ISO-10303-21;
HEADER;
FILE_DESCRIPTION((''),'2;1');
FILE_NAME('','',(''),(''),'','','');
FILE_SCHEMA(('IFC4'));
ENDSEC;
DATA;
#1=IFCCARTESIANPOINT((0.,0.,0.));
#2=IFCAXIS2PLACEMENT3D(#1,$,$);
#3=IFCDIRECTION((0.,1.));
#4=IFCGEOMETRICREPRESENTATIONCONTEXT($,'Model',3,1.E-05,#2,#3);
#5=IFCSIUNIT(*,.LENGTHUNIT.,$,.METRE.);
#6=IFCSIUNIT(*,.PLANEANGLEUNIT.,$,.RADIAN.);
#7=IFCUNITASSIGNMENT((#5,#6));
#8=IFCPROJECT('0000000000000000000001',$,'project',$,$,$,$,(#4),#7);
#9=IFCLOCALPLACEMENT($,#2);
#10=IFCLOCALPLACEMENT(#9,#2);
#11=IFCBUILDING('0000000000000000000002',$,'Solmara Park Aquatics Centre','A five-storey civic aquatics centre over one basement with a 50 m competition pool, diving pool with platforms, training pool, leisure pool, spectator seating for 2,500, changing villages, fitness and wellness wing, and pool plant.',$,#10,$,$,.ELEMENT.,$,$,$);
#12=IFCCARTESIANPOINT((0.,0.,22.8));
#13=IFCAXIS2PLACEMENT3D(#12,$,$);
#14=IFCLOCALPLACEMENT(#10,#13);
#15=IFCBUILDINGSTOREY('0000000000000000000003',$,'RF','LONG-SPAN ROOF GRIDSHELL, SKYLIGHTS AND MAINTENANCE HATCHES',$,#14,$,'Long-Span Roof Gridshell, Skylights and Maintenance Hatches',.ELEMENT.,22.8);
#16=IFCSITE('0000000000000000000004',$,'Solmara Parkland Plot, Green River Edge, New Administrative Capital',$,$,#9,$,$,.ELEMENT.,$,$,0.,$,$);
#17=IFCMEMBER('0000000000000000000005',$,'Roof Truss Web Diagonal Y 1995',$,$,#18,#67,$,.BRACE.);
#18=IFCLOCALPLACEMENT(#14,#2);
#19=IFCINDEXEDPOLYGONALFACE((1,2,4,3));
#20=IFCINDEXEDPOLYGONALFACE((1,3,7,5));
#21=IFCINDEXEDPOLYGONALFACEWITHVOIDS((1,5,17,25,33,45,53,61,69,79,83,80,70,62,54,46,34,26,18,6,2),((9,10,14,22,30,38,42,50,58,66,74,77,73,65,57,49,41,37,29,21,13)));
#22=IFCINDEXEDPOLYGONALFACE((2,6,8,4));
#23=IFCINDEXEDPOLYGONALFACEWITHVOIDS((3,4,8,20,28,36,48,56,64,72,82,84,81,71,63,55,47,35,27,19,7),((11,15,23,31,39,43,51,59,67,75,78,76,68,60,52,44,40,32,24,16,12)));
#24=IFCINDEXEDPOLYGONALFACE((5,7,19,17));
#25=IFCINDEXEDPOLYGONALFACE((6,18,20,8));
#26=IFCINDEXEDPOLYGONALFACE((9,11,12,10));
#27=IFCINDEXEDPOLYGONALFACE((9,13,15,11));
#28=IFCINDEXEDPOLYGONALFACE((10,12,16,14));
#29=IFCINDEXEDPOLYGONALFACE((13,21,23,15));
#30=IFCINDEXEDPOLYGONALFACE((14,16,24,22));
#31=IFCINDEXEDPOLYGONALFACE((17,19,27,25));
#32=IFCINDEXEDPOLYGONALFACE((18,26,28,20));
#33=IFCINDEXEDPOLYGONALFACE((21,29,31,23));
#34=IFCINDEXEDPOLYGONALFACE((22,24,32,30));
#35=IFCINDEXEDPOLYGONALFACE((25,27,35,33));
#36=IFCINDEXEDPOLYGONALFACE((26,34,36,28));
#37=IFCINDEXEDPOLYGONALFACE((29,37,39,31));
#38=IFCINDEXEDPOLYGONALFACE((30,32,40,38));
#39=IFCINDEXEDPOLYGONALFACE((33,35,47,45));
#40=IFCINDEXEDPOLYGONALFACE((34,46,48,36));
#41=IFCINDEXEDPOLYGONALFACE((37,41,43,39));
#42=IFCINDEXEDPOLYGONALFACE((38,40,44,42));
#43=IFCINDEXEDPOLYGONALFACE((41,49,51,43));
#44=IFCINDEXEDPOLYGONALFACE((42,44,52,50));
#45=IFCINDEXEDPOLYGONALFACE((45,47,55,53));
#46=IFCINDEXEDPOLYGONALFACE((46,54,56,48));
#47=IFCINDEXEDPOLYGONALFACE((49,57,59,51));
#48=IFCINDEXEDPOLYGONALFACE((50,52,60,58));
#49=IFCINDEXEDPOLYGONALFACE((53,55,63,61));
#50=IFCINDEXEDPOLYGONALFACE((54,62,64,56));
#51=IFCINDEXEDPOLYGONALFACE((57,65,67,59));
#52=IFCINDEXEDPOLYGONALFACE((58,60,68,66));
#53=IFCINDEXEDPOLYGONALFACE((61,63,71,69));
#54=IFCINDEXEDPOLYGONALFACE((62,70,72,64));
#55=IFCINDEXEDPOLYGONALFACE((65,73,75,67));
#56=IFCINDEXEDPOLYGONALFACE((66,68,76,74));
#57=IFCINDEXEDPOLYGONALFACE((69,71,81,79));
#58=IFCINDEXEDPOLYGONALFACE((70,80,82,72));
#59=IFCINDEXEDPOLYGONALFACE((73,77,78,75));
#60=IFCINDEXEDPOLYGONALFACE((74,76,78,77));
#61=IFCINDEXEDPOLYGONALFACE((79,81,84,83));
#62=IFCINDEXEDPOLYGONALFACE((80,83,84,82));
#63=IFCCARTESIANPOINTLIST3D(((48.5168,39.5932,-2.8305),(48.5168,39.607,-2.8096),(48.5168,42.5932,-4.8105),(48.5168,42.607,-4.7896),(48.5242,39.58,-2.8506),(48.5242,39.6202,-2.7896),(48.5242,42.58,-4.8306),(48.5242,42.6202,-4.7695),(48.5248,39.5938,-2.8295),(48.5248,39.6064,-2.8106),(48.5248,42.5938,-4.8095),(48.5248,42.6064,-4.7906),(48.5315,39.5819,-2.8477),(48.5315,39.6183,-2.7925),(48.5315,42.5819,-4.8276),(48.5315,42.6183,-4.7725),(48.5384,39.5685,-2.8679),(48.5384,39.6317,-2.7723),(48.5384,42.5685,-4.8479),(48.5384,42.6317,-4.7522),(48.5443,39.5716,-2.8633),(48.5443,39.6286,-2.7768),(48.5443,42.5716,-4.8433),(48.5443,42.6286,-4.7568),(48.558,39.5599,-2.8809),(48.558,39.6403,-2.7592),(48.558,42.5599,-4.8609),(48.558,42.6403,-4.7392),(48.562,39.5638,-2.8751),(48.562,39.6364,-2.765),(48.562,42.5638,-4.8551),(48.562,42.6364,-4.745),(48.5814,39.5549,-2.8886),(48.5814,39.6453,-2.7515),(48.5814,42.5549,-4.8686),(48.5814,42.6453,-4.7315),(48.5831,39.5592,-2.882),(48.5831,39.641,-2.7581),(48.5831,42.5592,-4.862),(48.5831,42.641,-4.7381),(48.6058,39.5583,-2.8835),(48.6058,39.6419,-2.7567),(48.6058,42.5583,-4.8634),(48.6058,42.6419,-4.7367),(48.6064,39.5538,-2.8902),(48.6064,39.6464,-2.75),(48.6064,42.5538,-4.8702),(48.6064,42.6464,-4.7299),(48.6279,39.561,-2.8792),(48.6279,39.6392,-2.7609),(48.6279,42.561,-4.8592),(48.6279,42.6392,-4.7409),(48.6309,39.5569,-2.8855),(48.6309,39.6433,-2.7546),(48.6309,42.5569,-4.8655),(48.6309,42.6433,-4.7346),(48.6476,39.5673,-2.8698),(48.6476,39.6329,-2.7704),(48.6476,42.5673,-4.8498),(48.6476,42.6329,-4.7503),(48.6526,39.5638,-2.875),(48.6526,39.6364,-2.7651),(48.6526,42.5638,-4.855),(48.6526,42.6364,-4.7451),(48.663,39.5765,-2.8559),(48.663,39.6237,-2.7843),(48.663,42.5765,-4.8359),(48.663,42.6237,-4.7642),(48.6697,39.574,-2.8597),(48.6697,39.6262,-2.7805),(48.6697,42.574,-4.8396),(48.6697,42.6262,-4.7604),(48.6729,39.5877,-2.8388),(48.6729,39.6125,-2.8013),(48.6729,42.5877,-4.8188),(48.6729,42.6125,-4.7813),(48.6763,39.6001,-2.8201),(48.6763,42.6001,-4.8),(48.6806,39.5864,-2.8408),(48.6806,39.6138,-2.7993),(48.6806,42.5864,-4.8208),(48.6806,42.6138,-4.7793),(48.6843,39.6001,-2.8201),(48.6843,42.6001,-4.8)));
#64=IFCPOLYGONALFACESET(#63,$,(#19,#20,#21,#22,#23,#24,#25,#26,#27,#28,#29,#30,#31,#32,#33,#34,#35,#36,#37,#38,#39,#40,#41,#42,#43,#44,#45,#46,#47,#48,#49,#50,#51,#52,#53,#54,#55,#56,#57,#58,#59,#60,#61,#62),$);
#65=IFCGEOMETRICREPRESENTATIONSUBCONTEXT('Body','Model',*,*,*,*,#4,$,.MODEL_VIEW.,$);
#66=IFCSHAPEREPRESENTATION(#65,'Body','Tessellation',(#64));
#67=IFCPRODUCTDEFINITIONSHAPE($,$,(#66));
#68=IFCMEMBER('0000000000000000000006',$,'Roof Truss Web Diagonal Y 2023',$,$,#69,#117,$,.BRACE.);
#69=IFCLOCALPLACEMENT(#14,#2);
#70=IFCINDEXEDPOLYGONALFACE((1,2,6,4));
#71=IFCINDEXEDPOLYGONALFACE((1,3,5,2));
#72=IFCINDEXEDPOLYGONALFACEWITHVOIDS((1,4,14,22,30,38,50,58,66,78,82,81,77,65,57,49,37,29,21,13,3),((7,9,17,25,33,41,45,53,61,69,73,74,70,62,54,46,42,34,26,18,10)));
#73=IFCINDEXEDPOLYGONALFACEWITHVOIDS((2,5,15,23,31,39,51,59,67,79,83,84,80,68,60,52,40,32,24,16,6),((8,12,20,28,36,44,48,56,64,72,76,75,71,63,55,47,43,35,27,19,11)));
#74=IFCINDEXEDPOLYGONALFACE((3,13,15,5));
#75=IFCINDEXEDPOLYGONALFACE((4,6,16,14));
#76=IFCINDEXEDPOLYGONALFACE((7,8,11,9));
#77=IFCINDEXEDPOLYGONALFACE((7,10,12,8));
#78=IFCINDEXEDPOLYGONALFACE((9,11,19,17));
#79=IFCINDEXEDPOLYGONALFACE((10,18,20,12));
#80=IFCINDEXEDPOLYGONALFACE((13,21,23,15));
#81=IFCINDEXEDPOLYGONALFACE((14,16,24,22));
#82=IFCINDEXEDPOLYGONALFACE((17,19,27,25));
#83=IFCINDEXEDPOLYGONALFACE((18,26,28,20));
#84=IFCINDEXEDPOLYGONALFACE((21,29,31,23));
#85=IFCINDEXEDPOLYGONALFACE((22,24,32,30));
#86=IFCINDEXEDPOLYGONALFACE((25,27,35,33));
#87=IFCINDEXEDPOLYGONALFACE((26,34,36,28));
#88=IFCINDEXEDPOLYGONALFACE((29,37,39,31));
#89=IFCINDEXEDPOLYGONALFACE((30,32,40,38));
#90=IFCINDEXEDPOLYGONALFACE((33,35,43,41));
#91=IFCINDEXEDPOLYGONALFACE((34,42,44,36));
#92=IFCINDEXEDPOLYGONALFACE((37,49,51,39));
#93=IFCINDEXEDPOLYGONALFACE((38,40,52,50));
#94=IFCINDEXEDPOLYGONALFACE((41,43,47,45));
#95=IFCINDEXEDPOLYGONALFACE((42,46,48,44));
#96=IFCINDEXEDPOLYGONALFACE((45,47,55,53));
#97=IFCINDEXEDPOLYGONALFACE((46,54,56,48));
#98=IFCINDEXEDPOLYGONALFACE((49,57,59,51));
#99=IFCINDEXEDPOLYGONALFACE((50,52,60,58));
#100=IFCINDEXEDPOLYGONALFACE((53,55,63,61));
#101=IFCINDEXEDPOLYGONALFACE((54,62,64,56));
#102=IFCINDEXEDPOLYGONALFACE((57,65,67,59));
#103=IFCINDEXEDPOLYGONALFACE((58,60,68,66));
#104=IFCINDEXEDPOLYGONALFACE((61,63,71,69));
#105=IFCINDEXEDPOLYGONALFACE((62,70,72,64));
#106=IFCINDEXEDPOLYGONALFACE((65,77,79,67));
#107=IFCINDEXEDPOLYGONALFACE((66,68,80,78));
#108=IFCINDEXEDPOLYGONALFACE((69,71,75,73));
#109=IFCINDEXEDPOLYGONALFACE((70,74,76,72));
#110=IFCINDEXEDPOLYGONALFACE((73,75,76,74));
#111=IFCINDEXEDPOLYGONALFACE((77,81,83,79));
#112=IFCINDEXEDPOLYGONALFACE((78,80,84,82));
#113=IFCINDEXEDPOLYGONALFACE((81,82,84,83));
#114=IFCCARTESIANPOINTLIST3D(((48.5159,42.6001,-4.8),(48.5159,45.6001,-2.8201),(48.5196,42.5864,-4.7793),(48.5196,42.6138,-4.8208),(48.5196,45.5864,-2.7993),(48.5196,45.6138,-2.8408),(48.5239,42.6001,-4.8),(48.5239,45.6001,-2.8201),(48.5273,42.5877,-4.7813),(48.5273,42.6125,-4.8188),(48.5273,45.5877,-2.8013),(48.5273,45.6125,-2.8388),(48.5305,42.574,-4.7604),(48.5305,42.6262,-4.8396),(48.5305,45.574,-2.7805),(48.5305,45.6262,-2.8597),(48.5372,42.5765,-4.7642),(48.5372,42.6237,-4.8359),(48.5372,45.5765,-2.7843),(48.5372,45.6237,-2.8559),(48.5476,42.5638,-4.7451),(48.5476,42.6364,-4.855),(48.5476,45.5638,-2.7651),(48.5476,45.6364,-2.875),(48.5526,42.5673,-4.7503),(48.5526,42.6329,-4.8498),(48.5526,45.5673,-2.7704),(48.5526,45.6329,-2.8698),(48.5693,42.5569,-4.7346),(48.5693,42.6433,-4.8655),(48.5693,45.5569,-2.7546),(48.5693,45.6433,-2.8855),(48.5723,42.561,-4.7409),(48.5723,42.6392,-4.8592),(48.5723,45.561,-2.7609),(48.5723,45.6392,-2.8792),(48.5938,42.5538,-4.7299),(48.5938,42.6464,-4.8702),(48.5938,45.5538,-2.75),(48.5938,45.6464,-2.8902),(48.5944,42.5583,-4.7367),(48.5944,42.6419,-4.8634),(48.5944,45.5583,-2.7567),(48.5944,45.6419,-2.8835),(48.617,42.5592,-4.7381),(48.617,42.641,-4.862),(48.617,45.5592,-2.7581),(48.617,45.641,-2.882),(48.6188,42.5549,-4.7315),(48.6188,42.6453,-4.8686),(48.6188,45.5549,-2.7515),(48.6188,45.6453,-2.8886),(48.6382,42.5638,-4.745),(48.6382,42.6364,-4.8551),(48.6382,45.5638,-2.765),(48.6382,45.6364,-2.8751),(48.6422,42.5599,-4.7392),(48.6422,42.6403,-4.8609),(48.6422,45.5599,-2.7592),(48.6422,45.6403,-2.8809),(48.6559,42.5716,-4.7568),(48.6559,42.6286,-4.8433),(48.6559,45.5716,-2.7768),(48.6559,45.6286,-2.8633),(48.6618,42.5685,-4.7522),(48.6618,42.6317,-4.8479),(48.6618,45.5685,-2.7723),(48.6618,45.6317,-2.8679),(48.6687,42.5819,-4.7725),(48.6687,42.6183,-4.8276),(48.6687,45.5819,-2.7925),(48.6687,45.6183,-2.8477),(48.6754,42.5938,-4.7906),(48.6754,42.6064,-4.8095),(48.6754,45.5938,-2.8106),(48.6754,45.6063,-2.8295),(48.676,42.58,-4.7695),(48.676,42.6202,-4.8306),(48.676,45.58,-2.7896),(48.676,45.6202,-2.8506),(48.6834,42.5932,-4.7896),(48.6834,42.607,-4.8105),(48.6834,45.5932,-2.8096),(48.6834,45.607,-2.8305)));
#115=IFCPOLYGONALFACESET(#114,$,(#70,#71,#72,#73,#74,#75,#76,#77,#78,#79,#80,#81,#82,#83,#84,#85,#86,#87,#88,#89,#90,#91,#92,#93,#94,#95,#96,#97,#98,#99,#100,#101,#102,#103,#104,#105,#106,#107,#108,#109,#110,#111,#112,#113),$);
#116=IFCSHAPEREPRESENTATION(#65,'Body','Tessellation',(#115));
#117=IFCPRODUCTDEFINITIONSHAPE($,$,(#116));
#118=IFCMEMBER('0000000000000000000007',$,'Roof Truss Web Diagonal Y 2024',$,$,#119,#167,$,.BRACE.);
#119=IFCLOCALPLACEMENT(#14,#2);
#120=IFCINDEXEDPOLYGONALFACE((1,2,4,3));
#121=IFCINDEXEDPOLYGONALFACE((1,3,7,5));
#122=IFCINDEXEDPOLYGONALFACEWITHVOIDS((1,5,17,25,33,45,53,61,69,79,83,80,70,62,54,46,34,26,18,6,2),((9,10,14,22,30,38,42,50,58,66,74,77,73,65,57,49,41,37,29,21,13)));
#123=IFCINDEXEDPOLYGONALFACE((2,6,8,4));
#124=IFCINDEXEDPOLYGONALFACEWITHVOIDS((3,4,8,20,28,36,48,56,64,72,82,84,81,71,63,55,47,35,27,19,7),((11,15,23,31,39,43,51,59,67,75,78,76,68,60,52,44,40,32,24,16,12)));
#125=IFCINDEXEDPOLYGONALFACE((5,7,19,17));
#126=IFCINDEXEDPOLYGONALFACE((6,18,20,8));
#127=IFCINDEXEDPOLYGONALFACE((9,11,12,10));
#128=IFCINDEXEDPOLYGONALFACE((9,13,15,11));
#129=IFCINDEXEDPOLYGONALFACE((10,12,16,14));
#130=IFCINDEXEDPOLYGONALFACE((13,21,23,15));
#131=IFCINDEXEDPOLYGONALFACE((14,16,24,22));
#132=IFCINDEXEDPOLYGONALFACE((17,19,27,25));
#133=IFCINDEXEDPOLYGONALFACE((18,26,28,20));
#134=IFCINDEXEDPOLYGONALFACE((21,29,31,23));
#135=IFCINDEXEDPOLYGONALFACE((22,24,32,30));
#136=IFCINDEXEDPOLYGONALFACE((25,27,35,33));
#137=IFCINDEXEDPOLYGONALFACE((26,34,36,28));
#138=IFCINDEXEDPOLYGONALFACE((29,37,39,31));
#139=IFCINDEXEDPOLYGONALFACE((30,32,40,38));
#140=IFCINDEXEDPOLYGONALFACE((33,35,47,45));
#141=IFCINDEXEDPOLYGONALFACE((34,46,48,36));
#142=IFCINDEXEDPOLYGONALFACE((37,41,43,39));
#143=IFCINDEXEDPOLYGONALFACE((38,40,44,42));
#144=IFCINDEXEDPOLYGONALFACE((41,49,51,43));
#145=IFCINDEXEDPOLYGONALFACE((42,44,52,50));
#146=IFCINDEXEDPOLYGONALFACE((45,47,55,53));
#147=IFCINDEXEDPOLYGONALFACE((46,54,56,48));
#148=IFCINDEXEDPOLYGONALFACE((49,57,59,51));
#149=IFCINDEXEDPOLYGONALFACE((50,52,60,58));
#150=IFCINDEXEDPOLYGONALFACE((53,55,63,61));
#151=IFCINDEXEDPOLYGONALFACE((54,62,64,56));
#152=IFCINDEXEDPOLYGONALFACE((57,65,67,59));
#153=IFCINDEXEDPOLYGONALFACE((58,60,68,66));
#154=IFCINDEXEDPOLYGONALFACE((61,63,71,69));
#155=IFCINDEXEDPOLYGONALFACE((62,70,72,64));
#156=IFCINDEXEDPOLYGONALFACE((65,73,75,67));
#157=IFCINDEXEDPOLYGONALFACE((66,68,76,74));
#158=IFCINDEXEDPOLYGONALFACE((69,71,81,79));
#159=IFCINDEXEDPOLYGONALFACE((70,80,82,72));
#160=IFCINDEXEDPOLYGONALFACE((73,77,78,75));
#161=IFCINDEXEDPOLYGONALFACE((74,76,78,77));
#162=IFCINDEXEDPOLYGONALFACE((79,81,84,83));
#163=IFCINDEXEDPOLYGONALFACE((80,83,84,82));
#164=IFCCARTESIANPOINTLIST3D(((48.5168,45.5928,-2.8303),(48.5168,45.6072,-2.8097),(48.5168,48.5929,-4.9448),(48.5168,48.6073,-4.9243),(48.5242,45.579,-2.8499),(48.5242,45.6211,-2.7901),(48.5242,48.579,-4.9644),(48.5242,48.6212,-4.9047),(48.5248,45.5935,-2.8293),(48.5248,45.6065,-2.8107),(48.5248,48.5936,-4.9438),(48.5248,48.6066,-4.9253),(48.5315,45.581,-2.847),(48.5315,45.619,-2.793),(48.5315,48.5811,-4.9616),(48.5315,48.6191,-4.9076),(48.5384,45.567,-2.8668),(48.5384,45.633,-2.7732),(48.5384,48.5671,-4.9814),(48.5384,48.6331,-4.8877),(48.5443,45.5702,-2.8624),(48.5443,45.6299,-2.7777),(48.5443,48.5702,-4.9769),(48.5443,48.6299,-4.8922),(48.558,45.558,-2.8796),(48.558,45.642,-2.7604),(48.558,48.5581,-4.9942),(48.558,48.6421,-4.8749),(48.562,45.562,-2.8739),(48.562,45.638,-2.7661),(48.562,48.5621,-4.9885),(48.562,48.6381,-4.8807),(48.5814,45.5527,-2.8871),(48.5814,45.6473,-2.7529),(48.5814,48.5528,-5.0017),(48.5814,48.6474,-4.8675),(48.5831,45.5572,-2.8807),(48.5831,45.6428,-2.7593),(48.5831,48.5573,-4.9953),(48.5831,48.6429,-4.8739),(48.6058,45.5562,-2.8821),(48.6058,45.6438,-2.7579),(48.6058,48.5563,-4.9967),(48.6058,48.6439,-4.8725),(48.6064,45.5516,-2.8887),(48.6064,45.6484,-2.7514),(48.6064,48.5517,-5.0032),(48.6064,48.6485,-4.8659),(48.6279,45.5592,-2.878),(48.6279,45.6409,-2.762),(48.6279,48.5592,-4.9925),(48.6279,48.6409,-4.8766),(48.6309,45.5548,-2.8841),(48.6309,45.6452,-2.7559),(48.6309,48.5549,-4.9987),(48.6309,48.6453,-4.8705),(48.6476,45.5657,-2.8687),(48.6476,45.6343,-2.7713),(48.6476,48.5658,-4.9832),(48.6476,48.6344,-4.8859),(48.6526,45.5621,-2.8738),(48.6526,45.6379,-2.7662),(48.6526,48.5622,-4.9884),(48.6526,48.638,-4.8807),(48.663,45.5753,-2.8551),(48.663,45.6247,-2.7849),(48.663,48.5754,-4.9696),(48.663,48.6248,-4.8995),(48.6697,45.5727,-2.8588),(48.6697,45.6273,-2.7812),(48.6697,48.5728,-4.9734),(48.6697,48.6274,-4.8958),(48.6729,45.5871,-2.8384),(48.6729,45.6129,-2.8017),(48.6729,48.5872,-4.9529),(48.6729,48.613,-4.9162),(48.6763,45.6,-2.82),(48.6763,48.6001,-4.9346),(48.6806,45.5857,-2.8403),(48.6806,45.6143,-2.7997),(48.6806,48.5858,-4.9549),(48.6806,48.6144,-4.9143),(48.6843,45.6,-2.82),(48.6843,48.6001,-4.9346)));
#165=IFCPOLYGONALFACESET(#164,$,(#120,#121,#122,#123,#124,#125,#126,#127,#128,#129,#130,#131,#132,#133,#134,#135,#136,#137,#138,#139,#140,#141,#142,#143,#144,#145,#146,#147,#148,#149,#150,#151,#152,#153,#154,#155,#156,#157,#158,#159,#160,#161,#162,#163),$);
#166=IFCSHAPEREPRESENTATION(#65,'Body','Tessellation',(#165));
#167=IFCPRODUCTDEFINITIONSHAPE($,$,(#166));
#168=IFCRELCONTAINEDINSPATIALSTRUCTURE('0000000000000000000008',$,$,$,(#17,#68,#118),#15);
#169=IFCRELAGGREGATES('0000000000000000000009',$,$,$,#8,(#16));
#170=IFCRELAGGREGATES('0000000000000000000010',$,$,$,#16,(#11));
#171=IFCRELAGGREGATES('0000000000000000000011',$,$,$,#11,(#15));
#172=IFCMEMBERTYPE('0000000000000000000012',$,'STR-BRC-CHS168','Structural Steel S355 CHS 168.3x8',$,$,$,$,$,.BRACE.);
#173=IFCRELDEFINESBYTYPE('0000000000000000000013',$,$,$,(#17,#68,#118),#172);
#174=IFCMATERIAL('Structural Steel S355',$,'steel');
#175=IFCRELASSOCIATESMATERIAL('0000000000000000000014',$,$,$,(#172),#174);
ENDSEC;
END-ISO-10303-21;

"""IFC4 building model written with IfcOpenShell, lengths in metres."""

from ifc_helpers import new_model, si_unit, direction, frame, origin, origin_2d, place, context, subcontext, project, spatial, hollow_circle, extrude, material, material_profile, profile_set, type_object, element, save


model = new_model("IFC4")

# Units and contexts
model_context = context("Model", 3, precision=1e-05, world=origin(), true_north=direction((0.0, 1.0)))
body_context = subcontext(model_context, "Body", "Model", "MODEL_VIEW")
ifc_project = project(units=[si_unit("LENGTHUNIT", "METRE"), si_unit("PLANEANGLEUNIT", "RADIAN")], contexts=[model_context])

# Site, building, storey
site_placement = place(None, origin())
site = spatial("IfcSite", under=ifc_project, at=site_placement, Name="Solmara Parkland Plot, Green River Edge, New Administrative Capital", CompositionType="ELEMENT", RefElevation=0.0)
building_placement = place(site_placement, origin())
building = spatial("IfcBuilding", under=site, at=building_placement, Name="Solmara Park Aquatics Centre", Description="A five-storey civic aquatics centre over one basement with a 50 m competition pool, diving pool with platforms, training pool, leisure pool, spectator seating for 2,500, changing villages, fitness and wellness wing, and pool plant.", CompositionType="ELEMENT")
storey_placement = place(building_placement, frame((0.0, 0.0, 22.8)))
storey = spatial("IfcBuildingStorey", under=building, at=storey_placement, Name="RF", Description="LONG-SPAN ROOF GRIDSHELL, SKYLIGHTS AND MAINTENANCE HATCHES", LongName="Long-Span Roof Gridshell, Skylights and Maintenance Hatches", CompositionType="ELEMENT", Elevation=22.8)

# Members
ifc_material_1 = material(Name="Structural Steel S355", Category="steel")
ifc_material_profile_1 = material_profile(ifc_material_1, hollow_circle(Radius=0.0842, WallThickness=0.0081, at=origin_2d()), Name="CHS 168.3x8")
ifc_profile_set_1 = profile_set([ifc_material_profile_1], Name="Structural Steel S355")
member_type_1 = type_object("IfcMemberType", Name="STR-BRC-CHS168", Description="Structural Steel S355 CHS 168.3x8", PredefinedType="BRACE", material=ifc_profile_set_1)
for number, where, z_axis, x_axis, name in (
    (1, (48.6001, 42.6001, -4.8), (0.0, -0.834612, 0.550838), (1.0, 0.0, 0.0), "Roof Truss Web Diagonal Y 1995"),
    (2, (48.6001, 42.6001, -4.8), (0.0, 0.834612, 0.550838), (-1.0, 0.0, 0.0), "Roof Truss Web Diagonal Y 2023"),
):
    element("IfcMember", number, at=place(storey_placement, frame(where, z_axis=z_axis, x_axis=x_axis)), inside=storey, type_object=member_type_1, Name=name, PredefinedType="BRACE", context=body_context, shape_type="SweptSolid", body=[
        extrude(hollow_circle(Radius=0.0842, WallThickness=0.0081, at=origin_2d()), origin(), (0.0, 0.0, 1.0), 3.5945),
    ])
member_1_placement = place(storey_placement, frame((48.6001, 48.6001, -4.9346), z_axis=(0.0, -0.817371, 0.576111), x_axis=(1.0, 0.0, 0.0)))
element("IfcMember", 3, at=member_1_placement, inside=storey, type_object=member_type_1, Name="Roof Truss Web Diagonal Y 2024", PredefinedType="BRACE", context=body_context, shape_type="SweptSolid", body=[
    extrude(hollow_circle(Radius=0.0842, WallThickness=0.0081, at=origin_2d()), origin(), (0.0, 0.0, 1.0), 3.6704),
])

save(model, "model.ifc")
